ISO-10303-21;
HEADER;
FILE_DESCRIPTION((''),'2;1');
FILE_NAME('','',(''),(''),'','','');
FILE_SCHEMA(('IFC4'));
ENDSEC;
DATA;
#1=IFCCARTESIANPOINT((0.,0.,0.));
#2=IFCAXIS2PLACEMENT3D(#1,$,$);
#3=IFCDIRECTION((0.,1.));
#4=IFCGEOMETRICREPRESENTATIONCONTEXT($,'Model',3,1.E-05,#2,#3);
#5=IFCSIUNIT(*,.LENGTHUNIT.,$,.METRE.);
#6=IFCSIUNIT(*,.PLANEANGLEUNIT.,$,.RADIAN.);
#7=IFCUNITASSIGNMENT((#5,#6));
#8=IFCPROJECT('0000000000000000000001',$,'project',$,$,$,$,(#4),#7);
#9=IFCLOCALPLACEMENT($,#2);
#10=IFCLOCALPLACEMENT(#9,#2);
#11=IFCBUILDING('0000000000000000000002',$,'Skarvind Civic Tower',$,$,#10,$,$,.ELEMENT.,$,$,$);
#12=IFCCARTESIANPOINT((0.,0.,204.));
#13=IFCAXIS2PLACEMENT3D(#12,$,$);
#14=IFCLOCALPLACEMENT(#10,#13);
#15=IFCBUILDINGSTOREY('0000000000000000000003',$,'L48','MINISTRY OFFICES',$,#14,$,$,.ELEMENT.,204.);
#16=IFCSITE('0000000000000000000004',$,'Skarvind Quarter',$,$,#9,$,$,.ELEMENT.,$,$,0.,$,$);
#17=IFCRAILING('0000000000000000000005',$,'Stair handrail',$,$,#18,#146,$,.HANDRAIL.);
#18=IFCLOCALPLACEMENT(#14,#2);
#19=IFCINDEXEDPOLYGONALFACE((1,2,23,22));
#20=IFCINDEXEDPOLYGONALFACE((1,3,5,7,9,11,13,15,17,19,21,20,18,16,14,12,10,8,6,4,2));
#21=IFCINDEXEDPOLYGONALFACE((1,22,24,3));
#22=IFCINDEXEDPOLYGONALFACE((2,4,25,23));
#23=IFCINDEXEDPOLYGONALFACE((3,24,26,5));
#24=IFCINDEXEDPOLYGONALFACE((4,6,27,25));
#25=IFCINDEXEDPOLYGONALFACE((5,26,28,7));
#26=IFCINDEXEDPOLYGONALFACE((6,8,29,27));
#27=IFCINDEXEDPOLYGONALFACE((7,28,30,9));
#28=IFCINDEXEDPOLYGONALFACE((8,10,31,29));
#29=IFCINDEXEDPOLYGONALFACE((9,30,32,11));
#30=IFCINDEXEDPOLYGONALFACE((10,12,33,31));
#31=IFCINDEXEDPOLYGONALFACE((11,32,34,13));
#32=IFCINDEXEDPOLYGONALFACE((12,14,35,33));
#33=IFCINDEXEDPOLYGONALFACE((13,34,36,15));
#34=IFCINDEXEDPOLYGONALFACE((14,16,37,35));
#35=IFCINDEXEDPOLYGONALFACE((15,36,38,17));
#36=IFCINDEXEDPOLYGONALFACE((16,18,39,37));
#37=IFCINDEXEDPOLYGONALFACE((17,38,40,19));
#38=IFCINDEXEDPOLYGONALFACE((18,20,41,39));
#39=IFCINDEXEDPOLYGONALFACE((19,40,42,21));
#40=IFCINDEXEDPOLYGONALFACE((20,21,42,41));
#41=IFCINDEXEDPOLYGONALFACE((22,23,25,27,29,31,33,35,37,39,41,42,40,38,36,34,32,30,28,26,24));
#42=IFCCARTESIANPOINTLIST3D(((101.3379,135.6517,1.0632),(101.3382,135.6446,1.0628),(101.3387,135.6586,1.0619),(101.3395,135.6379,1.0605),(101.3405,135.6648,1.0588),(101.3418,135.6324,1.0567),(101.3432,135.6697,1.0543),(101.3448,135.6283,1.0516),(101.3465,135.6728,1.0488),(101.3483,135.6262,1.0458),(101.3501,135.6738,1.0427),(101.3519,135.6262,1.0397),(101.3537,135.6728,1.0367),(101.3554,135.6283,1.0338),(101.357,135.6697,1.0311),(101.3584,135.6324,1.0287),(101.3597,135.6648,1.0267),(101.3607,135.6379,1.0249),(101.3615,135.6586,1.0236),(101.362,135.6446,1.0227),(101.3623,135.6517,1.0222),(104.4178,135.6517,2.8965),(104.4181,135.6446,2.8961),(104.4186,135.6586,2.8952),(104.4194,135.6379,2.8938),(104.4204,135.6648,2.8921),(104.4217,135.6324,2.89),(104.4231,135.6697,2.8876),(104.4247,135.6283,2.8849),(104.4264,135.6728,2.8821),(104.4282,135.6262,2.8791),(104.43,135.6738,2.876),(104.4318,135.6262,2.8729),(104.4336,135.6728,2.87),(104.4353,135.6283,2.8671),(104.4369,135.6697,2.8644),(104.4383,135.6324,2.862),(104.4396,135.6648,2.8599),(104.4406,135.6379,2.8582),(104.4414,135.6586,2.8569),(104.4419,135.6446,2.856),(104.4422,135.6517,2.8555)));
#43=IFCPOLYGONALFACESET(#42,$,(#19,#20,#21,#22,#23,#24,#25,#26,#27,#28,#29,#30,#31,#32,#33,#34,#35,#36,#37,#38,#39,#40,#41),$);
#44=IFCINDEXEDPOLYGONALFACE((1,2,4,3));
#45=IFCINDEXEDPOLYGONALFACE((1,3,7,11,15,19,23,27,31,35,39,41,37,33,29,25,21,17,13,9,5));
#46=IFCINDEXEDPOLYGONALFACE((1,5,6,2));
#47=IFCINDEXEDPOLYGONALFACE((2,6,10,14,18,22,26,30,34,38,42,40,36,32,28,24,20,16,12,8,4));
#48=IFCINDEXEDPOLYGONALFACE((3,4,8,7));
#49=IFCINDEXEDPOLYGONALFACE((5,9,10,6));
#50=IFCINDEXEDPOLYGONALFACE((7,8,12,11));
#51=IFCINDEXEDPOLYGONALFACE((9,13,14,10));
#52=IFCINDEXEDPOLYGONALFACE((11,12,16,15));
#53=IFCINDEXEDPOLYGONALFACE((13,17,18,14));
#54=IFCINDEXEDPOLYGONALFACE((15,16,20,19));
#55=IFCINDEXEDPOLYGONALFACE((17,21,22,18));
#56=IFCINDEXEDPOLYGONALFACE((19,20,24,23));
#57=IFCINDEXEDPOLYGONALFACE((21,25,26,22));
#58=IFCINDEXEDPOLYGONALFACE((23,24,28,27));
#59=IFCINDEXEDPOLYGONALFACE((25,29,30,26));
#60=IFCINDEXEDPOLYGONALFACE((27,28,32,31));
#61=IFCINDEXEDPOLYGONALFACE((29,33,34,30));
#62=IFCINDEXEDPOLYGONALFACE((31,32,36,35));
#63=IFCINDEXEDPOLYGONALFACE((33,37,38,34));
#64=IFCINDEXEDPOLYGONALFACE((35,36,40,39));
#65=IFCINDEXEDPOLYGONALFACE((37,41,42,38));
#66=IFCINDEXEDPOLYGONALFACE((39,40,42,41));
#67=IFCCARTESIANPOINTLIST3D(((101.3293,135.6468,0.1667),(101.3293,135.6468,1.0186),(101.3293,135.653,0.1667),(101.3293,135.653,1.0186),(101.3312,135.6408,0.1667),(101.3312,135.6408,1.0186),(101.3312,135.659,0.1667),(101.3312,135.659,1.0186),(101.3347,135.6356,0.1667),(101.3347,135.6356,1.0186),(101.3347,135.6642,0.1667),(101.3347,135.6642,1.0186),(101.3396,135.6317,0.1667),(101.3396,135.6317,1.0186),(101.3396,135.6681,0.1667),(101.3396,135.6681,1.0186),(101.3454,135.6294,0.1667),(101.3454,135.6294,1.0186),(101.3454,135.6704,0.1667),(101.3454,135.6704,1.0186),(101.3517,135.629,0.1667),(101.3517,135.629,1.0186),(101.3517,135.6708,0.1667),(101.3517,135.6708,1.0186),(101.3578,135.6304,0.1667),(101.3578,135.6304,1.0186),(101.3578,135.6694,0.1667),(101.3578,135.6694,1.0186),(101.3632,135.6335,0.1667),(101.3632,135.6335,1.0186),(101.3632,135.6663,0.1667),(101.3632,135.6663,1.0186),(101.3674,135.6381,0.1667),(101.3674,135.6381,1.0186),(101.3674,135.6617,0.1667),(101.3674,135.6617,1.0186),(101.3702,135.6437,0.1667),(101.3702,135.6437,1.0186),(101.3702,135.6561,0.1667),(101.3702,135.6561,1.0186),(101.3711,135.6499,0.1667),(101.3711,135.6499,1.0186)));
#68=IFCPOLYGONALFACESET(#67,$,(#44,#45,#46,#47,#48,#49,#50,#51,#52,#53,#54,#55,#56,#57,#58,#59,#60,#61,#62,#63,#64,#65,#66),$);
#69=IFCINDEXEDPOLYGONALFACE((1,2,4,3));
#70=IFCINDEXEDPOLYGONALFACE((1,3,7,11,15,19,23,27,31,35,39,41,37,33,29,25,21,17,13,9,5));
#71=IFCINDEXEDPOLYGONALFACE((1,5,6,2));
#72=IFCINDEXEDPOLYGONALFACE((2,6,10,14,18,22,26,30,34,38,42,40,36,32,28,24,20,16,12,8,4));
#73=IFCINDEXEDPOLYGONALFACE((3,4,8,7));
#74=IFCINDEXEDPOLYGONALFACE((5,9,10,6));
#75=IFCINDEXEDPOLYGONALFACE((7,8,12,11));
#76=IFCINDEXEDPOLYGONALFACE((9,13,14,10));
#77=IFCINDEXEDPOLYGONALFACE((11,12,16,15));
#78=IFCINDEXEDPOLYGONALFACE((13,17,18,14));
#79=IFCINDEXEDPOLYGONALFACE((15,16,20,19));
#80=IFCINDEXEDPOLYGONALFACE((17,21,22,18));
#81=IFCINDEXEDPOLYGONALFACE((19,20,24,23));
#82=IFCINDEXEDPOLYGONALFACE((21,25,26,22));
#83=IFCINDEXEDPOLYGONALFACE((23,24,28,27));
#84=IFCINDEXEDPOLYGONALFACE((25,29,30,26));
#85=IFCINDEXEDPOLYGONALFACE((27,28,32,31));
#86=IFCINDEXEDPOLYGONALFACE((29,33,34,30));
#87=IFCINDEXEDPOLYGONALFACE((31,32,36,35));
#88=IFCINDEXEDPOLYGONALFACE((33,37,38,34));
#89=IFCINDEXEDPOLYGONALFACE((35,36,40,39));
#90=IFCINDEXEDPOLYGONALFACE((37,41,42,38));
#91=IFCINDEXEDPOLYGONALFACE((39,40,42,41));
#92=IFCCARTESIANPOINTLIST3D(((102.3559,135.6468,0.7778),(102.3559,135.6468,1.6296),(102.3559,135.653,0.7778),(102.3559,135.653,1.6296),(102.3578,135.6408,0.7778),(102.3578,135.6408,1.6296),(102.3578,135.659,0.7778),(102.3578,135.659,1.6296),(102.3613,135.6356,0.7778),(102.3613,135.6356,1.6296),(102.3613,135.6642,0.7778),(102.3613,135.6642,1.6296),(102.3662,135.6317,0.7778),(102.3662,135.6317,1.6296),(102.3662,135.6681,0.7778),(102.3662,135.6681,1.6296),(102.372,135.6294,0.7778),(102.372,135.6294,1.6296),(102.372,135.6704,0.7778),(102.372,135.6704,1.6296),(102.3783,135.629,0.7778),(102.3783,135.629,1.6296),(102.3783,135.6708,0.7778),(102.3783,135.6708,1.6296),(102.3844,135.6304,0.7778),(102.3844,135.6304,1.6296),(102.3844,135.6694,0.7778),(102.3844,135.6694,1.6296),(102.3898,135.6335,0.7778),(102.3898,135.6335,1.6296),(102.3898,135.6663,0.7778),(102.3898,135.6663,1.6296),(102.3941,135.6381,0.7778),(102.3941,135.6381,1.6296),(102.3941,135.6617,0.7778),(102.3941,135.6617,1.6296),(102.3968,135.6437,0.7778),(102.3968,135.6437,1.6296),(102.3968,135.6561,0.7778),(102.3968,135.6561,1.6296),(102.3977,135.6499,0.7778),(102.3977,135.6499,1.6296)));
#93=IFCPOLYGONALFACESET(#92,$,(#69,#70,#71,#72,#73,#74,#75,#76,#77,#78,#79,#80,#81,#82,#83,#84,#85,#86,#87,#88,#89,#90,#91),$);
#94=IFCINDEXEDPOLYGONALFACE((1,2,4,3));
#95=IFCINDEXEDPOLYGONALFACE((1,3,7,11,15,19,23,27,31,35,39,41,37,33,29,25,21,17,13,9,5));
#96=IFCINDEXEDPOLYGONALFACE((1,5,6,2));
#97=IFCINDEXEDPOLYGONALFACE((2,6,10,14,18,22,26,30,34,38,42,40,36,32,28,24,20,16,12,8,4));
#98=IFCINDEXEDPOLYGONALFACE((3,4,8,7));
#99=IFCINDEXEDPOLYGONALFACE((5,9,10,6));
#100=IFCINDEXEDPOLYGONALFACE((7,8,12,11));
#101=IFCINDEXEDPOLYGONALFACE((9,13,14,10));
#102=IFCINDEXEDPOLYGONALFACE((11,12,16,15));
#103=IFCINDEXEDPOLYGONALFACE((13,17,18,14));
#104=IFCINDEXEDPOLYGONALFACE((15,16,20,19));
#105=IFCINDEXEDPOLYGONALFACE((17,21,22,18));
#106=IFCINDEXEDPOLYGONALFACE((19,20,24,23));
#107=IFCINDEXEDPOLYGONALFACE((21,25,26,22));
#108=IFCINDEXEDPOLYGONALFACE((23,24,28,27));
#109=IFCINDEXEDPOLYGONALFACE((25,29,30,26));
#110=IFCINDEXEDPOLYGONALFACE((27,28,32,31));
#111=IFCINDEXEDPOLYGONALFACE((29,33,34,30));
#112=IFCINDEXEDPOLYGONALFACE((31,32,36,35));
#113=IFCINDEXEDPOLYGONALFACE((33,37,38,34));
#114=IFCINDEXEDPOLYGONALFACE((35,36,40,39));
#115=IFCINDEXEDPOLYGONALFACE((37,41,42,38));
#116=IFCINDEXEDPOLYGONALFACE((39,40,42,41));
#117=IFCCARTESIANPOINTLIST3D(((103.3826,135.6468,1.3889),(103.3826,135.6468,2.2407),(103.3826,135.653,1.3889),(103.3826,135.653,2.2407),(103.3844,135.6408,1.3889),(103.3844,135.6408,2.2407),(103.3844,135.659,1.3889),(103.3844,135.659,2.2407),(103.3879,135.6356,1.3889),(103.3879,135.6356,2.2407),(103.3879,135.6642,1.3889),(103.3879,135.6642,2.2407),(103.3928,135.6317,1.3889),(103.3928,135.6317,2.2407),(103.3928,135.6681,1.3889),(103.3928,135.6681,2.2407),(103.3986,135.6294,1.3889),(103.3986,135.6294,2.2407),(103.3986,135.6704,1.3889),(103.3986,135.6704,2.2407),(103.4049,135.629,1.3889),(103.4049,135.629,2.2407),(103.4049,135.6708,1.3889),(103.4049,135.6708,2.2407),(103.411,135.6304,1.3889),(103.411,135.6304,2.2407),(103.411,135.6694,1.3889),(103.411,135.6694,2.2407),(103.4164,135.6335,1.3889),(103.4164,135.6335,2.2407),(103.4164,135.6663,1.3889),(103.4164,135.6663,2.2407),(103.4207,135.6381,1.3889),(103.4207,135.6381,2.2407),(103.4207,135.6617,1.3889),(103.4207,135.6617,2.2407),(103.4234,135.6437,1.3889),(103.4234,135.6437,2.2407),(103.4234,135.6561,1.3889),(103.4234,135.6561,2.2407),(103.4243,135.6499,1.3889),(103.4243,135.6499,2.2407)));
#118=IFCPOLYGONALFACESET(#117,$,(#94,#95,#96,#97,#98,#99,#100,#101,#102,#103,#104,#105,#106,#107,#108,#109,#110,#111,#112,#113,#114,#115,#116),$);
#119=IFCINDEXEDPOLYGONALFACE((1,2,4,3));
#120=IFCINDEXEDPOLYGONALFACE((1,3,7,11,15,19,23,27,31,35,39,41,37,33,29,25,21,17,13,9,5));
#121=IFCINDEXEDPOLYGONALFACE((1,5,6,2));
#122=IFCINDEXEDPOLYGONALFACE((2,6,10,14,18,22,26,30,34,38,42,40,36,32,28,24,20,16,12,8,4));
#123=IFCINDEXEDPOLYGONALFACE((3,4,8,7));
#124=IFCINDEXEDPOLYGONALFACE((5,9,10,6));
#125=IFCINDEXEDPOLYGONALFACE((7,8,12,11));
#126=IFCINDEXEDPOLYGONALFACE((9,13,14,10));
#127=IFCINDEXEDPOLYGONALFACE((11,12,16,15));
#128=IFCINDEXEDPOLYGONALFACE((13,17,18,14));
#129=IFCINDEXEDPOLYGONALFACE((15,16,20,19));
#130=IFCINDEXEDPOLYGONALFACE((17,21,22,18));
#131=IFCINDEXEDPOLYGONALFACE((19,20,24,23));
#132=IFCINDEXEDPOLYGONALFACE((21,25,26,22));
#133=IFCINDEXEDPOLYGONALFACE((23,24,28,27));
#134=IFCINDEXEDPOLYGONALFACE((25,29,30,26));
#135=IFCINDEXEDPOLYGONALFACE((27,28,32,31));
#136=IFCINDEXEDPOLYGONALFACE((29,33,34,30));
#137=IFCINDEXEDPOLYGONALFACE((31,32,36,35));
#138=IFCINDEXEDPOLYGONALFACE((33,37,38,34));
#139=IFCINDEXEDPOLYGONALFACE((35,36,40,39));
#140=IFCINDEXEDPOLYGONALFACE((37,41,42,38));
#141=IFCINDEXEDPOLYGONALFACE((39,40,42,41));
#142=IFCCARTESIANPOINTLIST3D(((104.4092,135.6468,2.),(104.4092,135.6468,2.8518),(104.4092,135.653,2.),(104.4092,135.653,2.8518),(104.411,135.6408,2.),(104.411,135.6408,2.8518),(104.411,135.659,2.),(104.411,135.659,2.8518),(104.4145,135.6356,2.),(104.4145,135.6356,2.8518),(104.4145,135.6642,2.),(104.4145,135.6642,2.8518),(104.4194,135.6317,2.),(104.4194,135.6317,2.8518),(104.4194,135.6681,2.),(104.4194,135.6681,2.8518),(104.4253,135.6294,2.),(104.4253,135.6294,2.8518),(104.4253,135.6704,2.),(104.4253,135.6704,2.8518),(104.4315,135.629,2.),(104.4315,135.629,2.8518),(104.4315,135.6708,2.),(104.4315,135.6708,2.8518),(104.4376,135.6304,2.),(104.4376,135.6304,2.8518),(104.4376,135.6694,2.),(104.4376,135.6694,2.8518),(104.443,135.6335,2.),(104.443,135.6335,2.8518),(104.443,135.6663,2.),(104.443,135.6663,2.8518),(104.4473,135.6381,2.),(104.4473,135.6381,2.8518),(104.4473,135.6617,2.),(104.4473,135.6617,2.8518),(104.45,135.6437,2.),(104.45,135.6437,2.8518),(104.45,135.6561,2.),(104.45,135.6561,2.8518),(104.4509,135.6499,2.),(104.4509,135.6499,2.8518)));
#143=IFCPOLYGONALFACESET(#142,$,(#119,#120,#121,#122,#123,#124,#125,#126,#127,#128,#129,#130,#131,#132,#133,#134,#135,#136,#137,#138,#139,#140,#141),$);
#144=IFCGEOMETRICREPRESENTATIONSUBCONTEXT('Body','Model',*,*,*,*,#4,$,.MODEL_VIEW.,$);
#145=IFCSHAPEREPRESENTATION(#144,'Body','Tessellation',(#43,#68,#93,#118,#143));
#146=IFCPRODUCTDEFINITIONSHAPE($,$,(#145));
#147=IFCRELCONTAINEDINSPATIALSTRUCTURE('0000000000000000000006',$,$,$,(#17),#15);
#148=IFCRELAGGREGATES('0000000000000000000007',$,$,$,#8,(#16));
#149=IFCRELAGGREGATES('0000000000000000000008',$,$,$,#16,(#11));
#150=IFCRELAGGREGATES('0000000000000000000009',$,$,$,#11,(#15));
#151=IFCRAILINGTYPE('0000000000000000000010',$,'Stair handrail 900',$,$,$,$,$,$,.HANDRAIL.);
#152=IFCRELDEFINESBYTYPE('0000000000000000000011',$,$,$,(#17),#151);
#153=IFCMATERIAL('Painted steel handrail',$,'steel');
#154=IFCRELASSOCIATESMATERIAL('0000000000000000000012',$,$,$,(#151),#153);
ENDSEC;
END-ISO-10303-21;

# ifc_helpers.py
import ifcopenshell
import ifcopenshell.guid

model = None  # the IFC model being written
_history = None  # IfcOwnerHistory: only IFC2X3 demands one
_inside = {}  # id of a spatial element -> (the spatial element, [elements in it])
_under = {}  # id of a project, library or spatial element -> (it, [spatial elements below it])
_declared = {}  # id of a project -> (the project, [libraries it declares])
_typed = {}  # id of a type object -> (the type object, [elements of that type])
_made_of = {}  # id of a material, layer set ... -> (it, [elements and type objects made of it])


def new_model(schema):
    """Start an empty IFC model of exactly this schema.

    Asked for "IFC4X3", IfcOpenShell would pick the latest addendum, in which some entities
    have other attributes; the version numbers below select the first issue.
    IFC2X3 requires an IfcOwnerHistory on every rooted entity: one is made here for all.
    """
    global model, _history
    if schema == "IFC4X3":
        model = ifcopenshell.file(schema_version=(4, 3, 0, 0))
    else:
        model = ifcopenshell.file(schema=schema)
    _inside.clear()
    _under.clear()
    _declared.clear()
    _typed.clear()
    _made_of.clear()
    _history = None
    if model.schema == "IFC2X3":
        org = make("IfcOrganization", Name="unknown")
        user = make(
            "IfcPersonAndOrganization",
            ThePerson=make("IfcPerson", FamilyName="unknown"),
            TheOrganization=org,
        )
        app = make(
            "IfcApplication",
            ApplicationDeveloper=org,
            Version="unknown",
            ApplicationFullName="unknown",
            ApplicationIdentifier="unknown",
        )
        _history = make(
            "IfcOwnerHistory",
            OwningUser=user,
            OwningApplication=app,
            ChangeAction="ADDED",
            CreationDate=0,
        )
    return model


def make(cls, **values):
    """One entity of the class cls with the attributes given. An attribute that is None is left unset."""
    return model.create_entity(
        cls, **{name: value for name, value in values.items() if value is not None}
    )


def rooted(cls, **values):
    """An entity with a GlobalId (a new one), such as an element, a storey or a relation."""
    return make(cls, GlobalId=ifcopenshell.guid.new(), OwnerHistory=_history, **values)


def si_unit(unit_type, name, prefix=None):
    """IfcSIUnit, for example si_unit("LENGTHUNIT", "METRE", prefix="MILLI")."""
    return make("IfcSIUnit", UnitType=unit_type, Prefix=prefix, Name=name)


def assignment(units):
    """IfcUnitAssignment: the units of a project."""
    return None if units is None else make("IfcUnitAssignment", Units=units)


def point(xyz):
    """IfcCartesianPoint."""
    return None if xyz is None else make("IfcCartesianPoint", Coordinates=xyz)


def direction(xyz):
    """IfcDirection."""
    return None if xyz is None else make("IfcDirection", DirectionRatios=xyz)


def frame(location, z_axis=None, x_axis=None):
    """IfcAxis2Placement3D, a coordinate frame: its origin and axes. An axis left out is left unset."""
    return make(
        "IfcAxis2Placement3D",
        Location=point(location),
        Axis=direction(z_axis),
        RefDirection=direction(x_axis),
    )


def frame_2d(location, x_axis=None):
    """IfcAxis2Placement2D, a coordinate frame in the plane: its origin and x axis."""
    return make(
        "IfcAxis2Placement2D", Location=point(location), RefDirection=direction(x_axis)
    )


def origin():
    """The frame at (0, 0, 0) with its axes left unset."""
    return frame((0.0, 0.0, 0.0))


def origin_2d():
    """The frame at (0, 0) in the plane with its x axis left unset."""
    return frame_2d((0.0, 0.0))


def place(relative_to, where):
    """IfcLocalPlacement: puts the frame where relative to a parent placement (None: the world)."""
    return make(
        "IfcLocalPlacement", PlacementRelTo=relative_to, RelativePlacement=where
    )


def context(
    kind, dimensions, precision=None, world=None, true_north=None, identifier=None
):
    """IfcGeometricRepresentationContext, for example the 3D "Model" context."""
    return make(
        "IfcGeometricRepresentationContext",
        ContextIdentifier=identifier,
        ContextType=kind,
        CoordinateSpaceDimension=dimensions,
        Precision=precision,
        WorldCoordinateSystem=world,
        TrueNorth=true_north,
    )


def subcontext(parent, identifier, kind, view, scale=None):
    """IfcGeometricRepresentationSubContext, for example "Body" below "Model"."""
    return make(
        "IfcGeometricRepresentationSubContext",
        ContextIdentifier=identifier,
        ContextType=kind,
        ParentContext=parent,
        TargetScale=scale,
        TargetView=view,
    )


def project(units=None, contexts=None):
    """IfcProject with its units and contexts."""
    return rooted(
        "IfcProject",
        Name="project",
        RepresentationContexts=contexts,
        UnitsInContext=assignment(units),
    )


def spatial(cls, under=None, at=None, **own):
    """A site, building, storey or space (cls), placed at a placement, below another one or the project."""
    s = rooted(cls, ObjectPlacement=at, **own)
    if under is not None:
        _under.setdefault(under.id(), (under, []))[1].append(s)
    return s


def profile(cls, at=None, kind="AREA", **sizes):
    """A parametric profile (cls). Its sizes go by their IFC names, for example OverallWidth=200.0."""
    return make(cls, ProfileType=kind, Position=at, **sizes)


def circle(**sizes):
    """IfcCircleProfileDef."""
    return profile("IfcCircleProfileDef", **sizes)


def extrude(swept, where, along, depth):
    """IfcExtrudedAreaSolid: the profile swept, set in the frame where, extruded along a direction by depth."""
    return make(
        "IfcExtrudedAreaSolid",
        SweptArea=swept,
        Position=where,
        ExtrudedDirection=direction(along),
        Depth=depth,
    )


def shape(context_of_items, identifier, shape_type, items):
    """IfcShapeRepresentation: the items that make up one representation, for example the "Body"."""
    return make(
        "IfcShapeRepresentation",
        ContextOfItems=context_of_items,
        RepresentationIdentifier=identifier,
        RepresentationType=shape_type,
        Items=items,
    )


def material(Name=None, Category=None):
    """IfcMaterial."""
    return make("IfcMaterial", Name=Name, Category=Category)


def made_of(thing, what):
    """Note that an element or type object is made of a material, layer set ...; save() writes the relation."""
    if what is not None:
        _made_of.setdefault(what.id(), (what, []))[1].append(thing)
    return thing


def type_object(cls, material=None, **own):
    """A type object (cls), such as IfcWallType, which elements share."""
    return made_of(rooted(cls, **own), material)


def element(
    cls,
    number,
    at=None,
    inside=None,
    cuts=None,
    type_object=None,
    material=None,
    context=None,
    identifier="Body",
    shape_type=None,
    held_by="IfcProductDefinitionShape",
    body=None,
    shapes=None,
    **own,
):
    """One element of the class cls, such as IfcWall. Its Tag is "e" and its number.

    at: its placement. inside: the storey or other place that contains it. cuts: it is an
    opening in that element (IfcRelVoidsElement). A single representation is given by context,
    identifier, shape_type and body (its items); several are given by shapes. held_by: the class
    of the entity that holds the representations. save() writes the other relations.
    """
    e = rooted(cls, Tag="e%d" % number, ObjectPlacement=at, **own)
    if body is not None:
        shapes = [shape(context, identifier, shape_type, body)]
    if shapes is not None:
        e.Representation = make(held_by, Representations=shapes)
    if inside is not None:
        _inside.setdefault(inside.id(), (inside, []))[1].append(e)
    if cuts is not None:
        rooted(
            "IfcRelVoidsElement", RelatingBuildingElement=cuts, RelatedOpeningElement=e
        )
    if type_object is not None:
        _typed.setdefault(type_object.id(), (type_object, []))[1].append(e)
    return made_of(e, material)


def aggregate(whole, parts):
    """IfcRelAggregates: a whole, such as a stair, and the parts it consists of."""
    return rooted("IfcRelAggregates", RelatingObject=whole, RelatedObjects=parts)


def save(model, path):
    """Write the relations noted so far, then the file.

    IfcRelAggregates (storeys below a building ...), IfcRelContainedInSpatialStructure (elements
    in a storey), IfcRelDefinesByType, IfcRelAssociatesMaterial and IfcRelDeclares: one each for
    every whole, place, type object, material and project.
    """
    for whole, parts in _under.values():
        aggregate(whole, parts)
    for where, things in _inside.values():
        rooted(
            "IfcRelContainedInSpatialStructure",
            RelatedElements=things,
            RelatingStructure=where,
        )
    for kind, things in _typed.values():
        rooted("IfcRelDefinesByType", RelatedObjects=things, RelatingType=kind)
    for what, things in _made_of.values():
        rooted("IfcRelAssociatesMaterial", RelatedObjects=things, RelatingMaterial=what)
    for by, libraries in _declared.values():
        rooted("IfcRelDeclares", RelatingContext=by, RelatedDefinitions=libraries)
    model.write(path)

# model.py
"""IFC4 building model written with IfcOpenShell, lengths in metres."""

from ifc_helpers import new_model, si_unit, direction, frame, origin, origin_2d, place, context, subcontext, project, spatial, circle, extrude, material, type_object, element, save


model = new_model("IFC4")

# Units and contexts
model_context = context("Model", 3, precision=1e-05, world=origin(), true_north=direction((0.0, 1.0)))
body_context = subcontext(model_context, "Body", "Model", "MODEL_VIEW")
ifc_project = project(units=[si_unit("LENGTHUNIT", "METRE"), si_unit("PLANEANGLEUNIT", "RADIAN")], contexts=[model_context])

# Site, building, storey
site_placement = place(None, origin())
site = spatial("IfcSite", under=ifc_project, at=site_placement, Name="Skarvind Quarter", CompositionType="ELEMENT", RefElevation=0.0)
building_placement = place(site_placement, origin())
building = spatial("IfcBuilding", under=site, at=building_placement, Name="Skarvind Civic Tower", CompositionType="ELEMENT")
storey_placement = place(building_placement, frame((0.0, 0.0, 204.0)))
storey = spatial("IfcBuildingStorey", under=building, at=storey_placement, Name="L48", Description="MINISTRY OFFICES", CompositionType="ELEMENT", Elevation=204.0)

# Railing
ifc_material_1 = material(Name="Painted steel handrail", Category="steel")
railing_type = type_object("IfcRailingType", Name="Stair handrail 900", PredefinedType="HANDRAIL", material=ifc_material_1)
railing_1_placement = place(storey_placement, frame((101.3501, 135.6499, 0.1667)))
element("IfcRailing", 1, at=railing_1_placement, inside=storey, type_object=railing_type, Name="Stair handrail", PredefinedType="HANDRAIL", context=body_context, shape_type="SweptSolid", body=[
    extrude(circle(Radius=0.0239, at=origin_2d()), frame((0.0, 0.0, 0.876), z_axis=(0.859291, 0.0, 0.511487), x_axis=(0.0, 1.0, 0.0)), (0.0, 0.0, 1.0), 3.5842),
    extrude(circle(Radius=0.021, at=origin_2d()), origin(), (0.0, 0.0, 1.0), 0.8518),
    extrude(circle(Radius=0.021, at=origin_2d()), frame((1.0266, 0.0, 0.6111)), (0.0, 0.0, 1.0), 0.8518),
    extrude(circle(Radius=0.021, at=origin_2d()), frame((2.0532, 0.0, 1.2222)), (0.0, 0.0, 1.0), 0.8518),
    extrude(circle(Radius=0.021, at=origin_2d()), frame((3.0798, 0.0, 1.8333)), (0.0, 0.0, 1.0), 0.8518),
])

save(model, "model.ifc")
